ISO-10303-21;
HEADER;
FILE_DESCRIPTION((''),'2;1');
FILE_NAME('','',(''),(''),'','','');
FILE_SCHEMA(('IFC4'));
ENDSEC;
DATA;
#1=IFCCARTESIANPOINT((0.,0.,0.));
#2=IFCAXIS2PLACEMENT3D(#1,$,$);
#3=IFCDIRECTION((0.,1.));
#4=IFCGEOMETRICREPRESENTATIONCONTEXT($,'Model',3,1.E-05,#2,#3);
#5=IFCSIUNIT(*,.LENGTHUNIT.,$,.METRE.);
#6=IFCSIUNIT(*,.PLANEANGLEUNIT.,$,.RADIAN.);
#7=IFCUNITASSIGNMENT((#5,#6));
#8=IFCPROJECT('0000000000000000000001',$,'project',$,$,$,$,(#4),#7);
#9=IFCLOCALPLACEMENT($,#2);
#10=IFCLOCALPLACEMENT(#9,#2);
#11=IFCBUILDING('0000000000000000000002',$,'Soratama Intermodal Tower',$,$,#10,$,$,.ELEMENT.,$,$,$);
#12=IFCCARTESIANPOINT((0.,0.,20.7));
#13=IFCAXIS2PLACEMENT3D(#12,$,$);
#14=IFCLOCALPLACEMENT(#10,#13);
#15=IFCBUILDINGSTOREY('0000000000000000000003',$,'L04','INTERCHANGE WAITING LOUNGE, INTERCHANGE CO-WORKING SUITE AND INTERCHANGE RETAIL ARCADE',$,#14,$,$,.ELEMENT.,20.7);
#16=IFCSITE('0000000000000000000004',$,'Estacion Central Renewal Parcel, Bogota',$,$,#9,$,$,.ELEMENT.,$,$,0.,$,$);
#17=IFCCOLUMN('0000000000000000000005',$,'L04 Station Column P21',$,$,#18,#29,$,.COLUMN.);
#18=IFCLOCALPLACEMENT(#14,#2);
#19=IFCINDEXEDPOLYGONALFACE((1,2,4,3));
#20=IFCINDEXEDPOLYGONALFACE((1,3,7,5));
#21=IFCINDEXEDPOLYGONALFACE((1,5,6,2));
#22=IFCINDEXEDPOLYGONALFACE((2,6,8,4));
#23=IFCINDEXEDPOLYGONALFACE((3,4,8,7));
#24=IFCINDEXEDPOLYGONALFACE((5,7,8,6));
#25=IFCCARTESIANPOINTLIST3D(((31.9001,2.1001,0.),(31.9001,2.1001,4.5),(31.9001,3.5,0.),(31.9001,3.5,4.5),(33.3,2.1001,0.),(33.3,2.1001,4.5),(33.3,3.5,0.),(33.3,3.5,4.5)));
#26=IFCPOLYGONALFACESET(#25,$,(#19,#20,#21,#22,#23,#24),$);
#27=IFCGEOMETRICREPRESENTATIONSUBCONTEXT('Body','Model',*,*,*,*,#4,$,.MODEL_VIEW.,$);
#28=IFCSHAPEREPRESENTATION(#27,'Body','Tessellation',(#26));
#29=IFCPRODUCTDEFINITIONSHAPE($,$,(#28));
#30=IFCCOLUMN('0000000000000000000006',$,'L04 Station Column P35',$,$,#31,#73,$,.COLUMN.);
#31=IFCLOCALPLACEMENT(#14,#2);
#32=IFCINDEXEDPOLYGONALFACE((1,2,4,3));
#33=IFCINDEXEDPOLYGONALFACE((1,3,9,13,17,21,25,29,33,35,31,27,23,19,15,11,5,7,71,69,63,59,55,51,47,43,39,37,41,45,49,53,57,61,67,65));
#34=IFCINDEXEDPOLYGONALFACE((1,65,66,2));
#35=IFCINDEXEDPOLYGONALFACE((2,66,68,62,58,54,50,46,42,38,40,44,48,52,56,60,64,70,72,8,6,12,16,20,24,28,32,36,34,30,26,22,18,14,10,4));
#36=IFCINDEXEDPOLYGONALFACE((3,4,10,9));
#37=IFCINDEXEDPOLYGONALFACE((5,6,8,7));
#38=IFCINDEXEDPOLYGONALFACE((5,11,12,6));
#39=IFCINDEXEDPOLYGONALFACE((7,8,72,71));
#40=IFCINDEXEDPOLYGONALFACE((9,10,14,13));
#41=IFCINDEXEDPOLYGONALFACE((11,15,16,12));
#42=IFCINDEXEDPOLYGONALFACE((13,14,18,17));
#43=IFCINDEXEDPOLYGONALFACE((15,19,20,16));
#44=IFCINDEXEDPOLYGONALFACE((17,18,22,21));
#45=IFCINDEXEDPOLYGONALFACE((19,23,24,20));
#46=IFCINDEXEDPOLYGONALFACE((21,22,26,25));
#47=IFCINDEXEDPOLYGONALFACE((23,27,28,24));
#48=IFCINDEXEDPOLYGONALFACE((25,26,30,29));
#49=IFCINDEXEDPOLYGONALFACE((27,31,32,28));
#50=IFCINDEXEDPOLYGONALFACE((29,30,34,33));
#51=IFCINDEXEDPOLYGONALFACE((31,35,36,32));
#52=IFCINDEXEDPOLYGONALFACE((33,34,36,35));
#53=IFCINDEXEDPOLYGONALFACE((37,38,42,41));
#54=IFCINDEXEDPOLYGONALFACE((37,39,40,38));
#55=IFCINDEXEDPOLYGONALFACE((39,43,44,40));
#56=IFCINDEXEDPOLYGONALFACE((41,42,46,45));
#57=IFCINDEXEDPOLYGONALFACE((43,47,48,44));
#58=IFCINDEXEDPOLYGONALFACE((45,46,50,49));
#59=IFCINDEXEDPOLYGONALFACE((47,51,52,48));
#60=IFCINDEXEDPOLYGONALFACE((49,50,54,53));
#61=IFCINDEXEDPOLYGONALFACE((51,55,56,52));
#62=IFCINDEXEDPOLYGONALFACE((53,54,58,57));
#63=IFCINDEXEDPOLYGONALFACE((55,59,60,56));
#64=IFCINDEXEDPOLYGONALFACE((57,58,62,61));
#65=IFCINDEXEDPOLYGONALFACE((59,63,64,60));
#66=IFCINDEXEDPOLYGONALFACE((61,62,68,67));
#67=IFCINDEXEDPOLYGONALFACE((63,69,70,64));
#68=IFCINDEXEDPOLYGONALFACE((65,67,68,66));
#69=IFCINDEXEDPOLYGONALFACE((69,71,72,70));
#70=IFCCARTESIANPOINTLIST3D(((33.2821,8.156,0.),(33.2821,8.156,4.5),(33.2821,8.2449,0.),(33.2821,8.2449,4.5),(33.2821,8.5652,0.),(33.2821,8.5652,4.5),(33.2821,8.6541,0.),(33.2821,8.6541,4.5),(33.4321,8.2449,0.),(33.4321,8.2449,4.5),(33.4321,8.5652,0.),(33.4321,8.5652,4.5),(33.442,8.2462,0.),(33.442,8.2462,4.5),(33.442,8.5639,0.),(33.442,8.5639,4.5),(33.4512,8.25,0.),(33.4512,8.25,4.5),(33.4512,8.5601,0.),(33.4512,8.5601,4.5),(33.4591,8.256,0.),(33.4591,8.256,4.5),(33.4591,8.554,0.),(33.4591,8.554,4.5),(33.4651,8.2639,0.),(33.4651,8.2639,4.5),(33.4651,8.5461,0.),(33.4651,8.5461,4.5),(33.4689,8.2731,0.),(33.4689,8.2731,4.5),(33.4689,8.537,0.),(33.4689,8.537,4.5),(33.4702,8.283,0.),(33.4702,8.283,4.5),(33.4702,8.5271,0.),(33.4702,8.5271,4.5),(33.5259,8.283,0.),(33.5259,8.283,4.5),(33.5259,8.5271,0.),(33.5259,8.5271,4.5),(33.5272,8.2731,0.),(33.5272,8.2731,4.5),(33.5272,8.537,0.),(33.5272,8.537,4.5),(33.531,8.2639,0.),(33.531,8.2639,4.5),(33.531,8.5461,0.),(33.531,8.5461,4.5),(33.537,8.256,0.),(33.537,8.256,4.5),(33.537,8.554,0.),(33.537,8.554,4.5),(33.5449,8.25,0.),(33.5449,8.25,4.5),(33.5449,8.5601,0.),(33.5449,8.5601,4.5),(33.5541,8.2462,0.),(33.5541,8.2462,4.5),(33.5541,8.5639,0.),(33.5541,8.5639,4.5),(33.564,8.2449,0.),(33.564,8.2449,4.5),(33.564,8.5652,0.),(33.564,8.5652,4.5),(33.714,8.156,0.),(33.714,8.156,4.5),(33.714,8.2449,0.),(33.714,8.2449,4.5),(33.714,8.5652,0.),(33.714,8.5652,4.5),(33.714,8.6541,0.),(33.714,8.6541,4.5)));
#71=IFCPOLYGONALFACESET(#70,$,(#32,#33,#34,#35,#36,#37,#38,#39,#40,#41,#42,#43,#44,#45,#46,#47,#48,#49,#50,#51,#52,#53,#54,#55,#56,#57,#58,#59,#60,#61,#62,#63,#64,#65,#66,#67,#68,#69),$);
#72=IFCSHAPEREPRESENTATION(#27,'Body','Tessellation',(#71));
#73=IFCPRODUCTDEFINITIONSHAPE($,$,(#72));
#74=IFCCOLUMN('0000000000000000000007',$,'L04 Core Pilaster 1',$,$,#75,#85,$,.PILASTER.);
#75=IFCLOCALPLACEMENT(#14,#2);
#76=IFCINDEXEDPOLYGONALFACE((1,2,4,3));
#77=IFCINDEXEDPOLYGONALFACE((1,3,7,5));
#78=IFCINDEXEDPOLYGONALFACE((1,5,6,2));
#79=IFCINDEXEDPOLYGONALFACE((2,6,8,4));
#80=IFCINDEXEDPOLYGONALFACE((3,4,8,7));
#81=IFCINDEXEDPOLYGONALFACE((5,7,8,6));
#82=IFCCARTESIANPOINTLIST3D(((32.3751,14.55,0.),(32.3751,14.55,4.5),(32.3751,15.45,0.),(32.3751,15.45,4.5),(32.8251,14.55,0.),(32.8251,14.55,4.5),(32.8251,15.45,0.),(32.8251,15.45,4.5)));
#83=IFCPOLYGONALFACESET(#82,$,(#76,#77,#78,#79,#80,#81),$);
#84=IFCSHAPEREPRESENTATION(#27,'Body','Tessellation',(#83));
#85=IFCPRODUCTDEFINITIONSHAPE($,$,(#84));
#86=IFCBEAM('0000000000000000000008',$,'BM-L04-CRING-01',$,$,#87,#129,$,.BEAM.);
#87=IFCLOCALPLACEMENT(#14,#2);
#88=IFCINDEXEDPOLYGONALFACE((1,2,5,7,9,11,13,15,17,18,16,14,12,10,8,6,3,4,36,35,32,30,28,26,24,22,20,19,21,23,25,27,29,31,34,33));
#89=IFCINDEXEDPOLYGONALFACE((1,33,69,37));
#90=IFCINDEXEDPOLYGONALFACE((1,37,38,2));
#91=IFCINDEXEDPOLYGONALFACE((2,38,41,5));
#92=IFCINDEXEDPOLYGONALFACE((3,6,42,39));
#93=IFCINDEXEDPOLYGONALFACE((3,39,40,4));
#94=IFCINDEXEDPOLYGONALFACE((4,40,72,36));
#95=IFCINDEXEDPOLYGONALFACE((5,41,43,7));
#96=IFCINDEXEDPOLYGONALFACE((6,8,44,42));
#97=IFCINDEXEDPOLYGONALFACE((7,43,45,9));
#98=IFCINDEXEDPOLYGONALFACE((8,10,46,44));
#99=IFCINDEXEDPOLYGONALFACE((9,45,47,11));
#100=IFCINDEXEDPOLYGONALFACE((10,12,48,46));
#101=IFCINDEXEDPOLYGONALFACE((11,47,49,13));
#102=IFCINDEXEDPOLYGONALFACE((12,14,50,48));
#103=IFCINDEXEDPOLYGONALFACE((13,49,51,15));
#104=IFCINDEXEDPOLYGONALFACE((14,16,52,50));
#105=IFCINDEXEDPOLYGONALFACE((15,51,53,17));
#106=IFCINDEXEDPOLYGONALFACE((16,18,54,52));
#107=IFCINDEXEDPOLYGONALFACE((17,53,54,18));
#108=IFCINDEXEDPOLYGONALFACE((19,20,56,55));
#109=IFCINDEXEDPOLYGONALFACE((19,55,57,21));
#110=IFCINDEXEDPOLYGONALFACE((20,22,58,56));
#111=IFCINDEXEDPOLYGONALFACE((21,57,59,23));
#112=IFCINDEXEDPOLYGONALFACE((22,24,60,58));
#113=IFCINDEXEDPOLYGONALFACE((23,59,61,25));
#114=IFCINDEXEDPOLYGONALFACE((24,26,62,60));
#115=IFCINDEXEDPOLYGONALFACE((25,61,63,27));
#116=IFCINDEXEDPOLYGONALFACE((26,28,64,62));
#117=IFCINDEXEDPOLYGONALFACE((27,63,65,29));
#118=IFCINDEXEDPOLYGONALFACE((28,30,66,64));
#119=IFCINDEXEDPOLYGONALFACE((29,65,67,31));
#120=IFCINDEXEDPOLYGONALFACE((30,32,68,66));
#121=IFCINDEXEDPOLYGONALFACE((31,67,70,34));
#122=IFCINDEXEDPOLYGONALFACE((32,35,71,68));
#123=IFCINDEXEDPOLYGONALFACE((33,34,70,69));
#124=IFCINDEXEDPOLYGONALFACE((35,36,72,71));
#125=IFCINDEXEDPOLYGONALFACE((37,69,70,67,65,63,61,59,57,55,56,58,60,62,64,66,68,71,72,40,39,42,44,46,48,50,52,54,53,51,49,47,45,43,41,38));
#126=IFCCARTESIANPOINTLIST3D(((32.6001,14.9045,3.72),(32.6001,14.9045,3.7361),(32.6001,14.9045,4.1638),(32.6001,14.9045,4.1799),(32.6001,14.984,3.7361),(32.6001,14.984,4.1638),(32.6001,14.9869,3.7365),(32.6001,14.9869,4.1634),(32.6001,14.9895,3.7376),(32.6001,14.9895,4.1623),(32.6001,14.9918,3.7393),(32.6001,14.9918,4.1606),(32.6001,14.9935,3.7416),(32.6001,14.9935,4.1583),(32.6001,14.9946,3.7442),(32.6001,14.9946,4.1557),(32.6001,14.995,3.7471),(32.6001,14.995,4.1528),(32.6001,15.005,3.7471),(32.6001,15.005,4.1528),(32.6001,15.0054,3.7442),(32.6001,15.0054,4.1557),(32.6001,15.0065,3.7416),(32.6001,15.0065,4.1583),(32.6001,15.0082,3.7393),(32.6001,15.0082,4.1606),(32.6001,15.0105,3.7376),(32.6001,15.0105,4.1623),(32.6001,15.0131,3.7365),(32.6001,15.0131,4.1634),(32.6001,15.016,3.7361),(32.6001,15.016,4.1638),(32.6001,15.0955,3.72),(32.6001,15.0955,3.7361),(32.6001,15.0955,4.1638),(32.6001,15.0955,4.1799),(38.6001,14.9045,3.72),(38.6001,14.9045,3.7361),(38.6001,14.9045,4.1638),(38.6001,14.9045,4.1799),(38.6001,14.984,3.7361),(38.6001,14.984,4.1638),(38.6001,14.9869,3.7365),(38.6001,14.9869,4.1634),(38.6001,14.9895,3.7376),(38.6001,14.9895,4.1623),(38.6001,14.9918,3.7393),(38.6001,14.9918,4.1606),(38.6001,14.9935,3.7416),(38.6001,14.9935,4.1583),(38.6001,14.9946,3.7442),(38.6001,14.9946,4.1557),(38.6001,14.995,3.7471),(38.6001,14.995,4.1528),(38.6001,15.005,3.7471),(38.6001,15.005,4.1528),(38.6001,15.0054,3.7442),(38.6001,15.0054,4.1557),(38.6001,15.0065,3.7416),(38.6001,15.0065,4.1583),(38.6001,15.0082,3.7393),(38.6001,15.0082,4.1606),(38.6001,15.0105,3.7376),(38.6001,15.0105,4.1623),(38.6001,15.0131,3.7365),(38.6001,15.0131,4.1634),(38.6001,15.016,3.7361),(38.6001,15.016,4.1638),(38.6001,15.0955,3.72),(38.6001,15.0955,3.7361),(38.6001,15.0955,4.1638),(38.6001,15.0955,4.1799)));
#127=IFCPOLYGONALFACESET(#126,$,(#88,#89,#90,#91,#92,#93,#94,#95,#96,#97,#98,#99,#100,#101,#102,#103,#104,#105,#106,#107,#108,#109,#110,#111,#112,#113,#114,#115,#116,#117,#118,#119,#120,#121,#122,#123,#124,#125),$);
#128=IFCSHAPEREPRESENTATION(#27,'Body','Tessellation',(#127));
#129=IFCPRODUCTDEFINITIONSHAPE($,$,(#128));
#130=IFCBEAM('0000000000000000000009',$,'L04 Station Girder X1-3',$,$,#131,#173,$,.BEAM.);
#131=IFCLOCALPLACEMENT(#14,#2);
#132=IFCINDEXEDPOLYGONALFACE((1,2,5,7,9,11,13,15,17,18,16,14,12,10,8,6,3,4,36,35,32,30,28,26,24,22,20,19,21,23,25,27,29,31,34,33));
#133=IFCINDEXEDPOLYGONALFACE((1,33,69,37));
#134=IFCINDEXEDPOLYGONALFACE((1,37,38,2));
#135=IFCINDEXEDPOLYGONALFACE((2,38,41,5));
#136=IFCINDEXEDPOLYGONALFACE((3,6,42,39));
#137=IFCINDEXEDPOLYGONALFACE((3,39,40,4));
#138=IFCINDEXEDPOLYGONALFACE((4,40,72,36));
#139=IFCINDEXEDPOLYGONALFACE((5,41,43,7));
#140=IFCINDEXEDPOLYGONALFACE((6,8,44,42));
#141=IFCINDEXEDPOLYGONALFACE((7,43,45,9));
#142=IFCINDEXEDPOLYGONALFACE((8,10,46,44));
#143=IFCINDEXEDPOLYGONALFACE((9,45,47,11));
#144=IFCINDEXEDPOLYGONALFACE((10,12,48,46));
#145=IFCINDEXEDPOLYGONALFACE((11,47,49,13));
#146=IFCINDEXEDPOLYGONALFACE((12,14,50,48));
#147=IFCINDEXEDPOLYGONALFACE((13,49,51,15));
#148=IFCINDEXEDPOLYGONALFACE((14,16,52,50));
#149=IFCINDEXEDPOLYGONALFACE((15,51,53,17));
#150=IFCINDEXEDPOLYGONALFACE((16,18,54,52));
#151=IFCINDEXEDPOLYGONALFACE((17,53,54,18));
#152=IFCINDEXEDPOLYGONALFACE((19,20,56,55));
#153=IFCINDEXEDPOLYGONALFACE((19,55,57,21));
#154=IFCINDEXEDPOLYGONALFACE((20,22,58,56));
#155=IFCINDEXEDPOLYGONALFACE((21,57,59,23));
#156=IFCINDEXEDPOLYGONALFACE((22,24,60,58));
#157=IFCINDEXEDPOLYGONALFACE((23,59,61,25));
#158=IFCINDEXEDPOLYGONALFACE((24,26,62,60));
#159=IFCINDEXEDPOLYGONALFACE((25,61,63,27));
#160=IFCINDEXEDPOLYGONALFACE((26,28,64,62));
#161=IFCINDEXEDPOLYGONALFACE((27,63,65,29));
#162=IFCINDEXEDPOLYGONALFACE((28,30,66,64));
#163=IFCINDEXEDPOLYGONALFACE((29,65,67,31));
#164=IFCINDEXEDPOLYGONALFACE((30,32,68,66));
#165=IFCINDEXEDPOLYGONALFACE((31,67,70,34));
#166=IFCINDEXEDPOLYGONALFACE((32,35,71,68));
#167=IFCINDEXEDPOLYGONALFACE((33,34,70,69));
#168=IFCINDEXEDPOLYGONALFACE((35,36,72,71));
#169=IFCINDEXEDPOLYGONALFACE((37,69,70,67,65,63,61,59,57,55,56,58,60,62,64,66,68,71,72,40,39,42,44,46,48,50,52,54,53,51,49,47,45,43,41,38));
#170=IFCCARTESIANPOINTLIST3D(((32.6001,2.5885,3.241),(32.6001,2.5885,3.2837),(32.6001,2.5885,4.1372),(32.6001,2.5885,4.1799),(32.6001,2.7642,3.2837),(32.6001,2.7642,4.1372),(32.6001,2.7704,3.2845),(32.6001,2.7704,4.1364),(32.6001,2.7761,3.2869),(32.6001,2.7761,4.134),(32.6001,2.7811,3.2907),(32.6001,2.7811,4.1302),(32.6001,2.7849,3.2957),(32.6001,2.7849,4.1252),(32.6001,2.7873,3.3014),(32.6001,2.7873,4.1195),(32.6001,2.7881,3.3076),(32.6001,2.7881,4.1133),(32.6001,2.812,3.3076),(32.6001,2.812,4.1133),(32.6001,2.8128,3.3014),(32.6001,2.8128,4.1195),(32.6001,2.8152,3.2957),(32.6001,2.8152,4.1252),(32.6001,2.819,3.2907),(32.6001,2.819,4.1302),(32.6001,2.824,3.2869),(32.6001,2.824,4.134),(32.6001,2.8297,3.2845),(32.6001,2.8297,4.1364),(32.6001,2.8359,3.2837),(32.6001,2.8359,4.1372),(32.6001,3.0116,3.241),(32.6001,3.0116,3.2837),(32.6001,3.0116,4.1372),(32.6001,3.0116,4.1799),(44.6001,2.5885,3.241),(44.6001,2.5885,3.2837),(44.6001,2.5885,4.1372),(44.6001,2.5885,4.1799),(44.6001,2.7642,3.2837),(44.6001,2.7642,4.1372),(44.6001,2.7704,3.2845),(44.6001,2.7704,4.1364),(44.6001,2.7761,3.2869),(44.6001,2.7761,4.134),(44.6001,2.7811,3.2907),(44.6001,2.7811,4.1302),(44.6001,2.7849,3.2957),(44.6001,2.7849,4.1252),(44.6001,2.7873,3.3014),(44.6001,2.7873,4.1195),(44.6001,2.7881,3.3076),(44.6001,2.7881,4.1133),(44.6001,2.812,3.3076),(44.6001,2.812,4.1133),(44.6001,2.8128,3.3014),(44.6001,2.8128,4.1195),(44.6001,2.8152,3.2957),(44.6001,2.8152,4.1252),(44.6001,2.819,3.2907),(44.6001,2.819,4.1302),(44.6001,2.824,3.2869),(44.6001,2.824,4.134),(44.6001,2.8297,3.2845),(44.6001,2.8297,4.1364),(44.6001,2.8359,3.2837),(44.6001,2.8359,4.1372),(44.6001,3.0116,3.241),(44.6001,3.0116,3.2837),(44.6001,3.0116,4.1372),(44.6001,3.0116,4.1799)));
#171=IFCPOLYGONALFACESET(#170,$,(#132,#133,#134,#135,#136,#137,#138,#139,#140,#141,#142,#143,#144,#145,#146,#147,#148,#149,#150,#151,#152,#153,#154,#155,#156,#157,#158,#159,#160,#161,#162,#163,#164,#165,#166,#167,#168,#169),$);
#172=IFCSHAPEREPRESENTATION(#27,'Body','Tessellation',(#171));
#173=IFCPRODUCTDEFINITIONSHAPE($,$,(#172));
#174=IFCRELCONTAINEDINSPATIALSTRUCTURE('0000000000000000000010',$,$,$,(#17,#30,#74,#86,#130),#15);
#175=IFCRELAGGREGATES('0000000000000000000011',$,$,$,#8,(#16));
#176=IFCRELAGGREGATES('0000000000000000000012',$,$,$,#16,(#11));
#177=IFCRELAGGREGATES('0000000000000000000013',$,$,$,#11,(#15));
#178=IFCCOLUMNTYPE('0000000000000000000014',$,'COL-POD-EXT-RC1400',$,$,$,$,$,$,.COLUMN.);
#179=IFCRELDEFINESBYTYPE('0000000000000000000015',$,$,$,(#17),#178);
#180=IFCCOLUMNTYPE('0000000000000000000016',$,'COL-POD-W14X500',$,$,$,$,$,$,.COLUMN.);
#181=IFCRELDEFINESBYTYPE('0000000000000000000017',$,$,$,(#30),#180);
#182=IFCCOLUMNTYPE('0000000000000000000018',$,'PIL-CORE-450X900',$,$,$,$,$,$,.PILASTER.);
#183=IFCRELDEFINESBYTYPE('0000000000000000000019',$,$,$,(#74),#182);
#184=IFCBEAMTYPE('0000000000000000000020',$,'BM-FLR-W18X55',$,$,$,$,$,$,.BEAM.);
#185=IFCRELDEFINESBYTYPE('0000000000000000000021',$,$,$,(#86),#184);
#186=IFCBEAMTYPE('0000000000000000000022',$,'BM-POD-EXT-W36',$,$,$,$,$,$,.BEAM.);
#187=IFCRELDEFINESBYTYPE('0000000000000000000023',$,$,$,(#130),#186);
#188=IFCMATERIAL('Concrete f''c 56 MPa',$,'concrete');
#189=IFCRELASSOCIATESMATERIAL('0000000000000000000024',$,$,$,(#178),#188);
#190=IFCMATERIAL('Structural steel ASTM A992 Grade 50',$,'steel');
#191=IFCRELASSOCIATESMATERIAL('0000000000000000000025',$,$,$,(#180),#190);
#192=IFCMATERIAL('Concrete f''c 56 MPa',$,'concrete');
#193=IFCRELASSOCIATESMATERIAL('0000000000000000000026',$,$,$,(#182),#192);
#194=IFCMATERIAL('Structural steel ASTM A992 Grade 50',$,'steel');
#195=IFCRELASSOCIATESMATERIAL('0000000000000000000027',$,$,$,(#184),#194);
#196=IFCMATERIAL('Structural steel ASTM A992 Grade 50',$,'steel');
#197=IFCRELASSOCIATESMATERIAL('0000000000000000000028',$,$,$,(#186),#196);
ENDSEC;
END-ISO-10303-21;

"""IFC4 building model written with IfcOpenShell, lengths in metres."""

from ifc_helpers import new_model, si_unit, direction, frame, origin, origin_2d, place, context, subcontext, project, spatial, rectangle, i_section, extrude, material, material_profile, profile_set, type_object, element, save


model = new_model("IFC4")

# Units and contexts
model_context = context("Model", 3, precision=1e-05, world=origin(), true_north=direction((0.0, 1.0)))
body_context = subcontext(model_context, "Body", "Model", "MODEL_VIEW")
ifc_project = project(units=[si_unit("LENGTHUNIT", "METRE"), si_unit("PLANEANGLEUNIT", "RADIAN")], contexts=[model_context])

# Site, building, storey
site_placement = place(None, origin())
site = spatial("IfcSite", under=ifc_project, at=site_placement, Name="Estacion Central Renewal Parcel, Bogota", CompositionType="ELEMENT", RefElevation=0.0)
building_placement = place(site_placement, origin())
building = spatial("IfcBuilding", under=site, at=building_placement, Name="Soratama Intermodal Tower", CompositionType="ELEMENT")
storey_placement = place(building_placement, frame((0.0, 0.0, 20.7)))
storey = spatial("IfcBuildingStorey", under=building, at=storey_placement, Name="L04", Description="INTERCHANGE WAITING LOUNGE, INTERCHANGE CO-WORKING SUITE AND INTERCHANGE RETAIL ARCADE", CompositionType="ELEMENT", Elevation=20.7)

# Columns
ifc_material_1 = material(Name="Concrete f'c 56 MPa", Category="concrete")
ifc_material_profile_1 = material_profile(ifc_material_1, rectangle(XDim=1.3999, YDim=1.3999, at=origin_2d()), Name="RC1400X1400")
ifc_profile_set_1 = profile_set([ifc_material_profile_1], Name="Concrete f'c 56 MPa")
column_type_1 = type_object("IfcColumnType", Name="COL-POD-EXT-RC1400", PredefinedType="COLUMN", material=ifc_profile_set_1)
column_1_placement = place(storey_placement, frame((32.6001, 2.8, 0.0), z_axis=(0.0, 0.0, 1.0), x_axis=(1.0, 0.0, 0.0)))
element("IfcColumn", 1, at=column_1_placement, inside=storey, type_object=column_type_1, Name="L04 Station Column P21", PredefinedType="COLUMN", context=body_context, shape_type="SweptSolid", body=[
    extrude(rectangle(XDim=1.3999, YDim=1.3999, at=origin_2d()), origin(), (0.0, 0.0, 1.0), 4.5),
])
ifc_material_2 = material(Name="Structural steel ASTM A992 Grade 50", Category="steel")
ifc_material_profile_2 = material_profile(ifc_material_2, i_section(OverallWidth=0.4319, OverallDepth=0.498, WebThickness=0.0557, FlangeThickness=0.0889, FilletRadius=0.0381, at=origin_2d()), Name="W14X500")
ifc_profile_set_2 = profile_set([ifc_material_profile_2], Name="Structural steel ASTM A992 Grade 50")
column_type_2 = type_object("IfcColumnType", Name="COL-POD-W14X500", PredefinedType="COLUMN", material=ifc_profile_set_2)
column_2_placement = place(storey_placement, frame((33.498, 8.405, 0.0), z_axis=(0.0, 0.0, 1.0), x_axis=(1.0, 0.0, 0.0)))
element("IfcColumn", 2, at=column_2_placement, inside=storey, type_object=column_type_2, Name="L04 Station Column P35", PredefinedType="COLUMN", context=body_context, shape_type="SweptSolid", body=[
    extrude(i_section(OverallWidth=0.4319, OverallDepth=0.498, WebThickness=0.0557, FlangeThickness=0.0889, FilletRadius=0.0381, at=origin_2d()), origin(), (0.0, 0.0, 1.0), 4.5),
])
ifc_material_3 = material(Name="Concrete f'c 56 MPa", Category="concrete")
ifc_material_profile_3 = material_profile(ifc_material_3, rectangle(XDim=0.45, YDim=0.8999, at=origin_2d()), Name="RC450X900")
ifc_profile_set_3 = profile_set([ifc_material_profile_3], Name="Concrete f'c 56 MPa")
column_type_3 = type_object("IfcColumnType", Name="PIL-CORE-450X900", PredefinedType="PILASTER", material=ifc_profile_set_3)
column_3_placement = place(storey_placement, frame((32.6001, 15.0, 0.0), z_axis=(0.0, 0.0, 1.0), x_axis=(1.0, 0.0, 0.0)))
element("IfcColumn", 3, at=column_3_placement, inside=storey, type_object=column_type_3, Name="L04 Core Pilaster 1", PredefinedType="PILASTER", context=body_context, shape_type="SweptSolid", body=[
    extrude(rectangle(XDim=0.45, YDim=0.8999, at=origin_2d()), origin(), (0.0, 0.0, 1.0), 4.5),
])

# Beams
ifc_material_4 = material(Name="Structural steel ASTM A992 Grade 50", Category="steel")
ifc_material_profile_4 = material_profile(ifc_material_4, i_section(OverallWidth=0.1909, OverallDepth=0.46, WebThickness=0.01, FlangeThickness=0.0161, FilletRadius=0.011, at=origin_2d()), Name="W18X55")
ifc_profile_set_4 = profile_set([ifc_material_profile_4], Name="Structural steel ASTM A992 Grade 50")
beam_type_1 = type_object("IfcBeamType", Name="BM-FLR-W18X55", PredefinedType="BEAM", material=ifc_profile_set_4)
beam_1_placement = place(storey_placement, frame((32.6001, 15.0, 3.95), z_axis=(1.0, 0.0, 0.0), x_axis=(0.0, 1.0, 0.0)))
element("IfcBeam", 4, at=beam_1_placement, inside=storey, type_object=beam_type_1, Name="BM-L04-CRING-01", PredefinedType="BEAM", context=body_context, shape_type="SweptSolid", body=[
    extrude(i_section(OverallWidth=0.1909, OverallDepth=0.46, WebThickness=0.01, FlangeThickness=0.0161, FilletRadius=0.011, at=origin_2d()), origin(), (0.0, 0.0, 1.0), 6.0),
])
ifc_material_5 = material(Name="Structural steel ASTM A992 Grade 50", Category="steel")
ifc_material_profile_5 = material_profile(ifc_material_5, i_section(OverallWidth=0.4231, OverallDepth=0.939, WebThickness=0.0239, FlangeThickness=0.0427, FilletRadius=0.0239, at=origin_2d()), Name="W36X302")
ifc_profile_set_5 = profile_set([ifc_material_profile_5], Name="Structural steel ASTM A992 Grade 50")
beam_type_2 = type_object("IfcBeamType", Name="BM-POD-EXT-W36", PredefinedType="BEAM", material=ifc_profile_set_5)
beam_2_placement = place(storey_placement, frame((32.6001, 2.8, 3.7104), z_axis=(1.0, 0.0, 0.0), x_axis=(0.0, 1.0, 0.0)))
element("IfcBeam", 5, at=beam_2_placement, inside=storey, type_object=beam_type_2, Name="L04 Station Girder X1-3", PredefinedType="BEAM", context=body_context, shape_type="SweptSolid", body=[
    extrude(i_section(OverallWidth=0.4231, OverallDepth=0.939, WebThickness=0.0239, FlangeThickness=0.0427, FilletRadius=0.0239, at=origin_2d()), origin(), (0.0, 0.0, 1.0), 12.0),
])

save(model, "model.ifc")
